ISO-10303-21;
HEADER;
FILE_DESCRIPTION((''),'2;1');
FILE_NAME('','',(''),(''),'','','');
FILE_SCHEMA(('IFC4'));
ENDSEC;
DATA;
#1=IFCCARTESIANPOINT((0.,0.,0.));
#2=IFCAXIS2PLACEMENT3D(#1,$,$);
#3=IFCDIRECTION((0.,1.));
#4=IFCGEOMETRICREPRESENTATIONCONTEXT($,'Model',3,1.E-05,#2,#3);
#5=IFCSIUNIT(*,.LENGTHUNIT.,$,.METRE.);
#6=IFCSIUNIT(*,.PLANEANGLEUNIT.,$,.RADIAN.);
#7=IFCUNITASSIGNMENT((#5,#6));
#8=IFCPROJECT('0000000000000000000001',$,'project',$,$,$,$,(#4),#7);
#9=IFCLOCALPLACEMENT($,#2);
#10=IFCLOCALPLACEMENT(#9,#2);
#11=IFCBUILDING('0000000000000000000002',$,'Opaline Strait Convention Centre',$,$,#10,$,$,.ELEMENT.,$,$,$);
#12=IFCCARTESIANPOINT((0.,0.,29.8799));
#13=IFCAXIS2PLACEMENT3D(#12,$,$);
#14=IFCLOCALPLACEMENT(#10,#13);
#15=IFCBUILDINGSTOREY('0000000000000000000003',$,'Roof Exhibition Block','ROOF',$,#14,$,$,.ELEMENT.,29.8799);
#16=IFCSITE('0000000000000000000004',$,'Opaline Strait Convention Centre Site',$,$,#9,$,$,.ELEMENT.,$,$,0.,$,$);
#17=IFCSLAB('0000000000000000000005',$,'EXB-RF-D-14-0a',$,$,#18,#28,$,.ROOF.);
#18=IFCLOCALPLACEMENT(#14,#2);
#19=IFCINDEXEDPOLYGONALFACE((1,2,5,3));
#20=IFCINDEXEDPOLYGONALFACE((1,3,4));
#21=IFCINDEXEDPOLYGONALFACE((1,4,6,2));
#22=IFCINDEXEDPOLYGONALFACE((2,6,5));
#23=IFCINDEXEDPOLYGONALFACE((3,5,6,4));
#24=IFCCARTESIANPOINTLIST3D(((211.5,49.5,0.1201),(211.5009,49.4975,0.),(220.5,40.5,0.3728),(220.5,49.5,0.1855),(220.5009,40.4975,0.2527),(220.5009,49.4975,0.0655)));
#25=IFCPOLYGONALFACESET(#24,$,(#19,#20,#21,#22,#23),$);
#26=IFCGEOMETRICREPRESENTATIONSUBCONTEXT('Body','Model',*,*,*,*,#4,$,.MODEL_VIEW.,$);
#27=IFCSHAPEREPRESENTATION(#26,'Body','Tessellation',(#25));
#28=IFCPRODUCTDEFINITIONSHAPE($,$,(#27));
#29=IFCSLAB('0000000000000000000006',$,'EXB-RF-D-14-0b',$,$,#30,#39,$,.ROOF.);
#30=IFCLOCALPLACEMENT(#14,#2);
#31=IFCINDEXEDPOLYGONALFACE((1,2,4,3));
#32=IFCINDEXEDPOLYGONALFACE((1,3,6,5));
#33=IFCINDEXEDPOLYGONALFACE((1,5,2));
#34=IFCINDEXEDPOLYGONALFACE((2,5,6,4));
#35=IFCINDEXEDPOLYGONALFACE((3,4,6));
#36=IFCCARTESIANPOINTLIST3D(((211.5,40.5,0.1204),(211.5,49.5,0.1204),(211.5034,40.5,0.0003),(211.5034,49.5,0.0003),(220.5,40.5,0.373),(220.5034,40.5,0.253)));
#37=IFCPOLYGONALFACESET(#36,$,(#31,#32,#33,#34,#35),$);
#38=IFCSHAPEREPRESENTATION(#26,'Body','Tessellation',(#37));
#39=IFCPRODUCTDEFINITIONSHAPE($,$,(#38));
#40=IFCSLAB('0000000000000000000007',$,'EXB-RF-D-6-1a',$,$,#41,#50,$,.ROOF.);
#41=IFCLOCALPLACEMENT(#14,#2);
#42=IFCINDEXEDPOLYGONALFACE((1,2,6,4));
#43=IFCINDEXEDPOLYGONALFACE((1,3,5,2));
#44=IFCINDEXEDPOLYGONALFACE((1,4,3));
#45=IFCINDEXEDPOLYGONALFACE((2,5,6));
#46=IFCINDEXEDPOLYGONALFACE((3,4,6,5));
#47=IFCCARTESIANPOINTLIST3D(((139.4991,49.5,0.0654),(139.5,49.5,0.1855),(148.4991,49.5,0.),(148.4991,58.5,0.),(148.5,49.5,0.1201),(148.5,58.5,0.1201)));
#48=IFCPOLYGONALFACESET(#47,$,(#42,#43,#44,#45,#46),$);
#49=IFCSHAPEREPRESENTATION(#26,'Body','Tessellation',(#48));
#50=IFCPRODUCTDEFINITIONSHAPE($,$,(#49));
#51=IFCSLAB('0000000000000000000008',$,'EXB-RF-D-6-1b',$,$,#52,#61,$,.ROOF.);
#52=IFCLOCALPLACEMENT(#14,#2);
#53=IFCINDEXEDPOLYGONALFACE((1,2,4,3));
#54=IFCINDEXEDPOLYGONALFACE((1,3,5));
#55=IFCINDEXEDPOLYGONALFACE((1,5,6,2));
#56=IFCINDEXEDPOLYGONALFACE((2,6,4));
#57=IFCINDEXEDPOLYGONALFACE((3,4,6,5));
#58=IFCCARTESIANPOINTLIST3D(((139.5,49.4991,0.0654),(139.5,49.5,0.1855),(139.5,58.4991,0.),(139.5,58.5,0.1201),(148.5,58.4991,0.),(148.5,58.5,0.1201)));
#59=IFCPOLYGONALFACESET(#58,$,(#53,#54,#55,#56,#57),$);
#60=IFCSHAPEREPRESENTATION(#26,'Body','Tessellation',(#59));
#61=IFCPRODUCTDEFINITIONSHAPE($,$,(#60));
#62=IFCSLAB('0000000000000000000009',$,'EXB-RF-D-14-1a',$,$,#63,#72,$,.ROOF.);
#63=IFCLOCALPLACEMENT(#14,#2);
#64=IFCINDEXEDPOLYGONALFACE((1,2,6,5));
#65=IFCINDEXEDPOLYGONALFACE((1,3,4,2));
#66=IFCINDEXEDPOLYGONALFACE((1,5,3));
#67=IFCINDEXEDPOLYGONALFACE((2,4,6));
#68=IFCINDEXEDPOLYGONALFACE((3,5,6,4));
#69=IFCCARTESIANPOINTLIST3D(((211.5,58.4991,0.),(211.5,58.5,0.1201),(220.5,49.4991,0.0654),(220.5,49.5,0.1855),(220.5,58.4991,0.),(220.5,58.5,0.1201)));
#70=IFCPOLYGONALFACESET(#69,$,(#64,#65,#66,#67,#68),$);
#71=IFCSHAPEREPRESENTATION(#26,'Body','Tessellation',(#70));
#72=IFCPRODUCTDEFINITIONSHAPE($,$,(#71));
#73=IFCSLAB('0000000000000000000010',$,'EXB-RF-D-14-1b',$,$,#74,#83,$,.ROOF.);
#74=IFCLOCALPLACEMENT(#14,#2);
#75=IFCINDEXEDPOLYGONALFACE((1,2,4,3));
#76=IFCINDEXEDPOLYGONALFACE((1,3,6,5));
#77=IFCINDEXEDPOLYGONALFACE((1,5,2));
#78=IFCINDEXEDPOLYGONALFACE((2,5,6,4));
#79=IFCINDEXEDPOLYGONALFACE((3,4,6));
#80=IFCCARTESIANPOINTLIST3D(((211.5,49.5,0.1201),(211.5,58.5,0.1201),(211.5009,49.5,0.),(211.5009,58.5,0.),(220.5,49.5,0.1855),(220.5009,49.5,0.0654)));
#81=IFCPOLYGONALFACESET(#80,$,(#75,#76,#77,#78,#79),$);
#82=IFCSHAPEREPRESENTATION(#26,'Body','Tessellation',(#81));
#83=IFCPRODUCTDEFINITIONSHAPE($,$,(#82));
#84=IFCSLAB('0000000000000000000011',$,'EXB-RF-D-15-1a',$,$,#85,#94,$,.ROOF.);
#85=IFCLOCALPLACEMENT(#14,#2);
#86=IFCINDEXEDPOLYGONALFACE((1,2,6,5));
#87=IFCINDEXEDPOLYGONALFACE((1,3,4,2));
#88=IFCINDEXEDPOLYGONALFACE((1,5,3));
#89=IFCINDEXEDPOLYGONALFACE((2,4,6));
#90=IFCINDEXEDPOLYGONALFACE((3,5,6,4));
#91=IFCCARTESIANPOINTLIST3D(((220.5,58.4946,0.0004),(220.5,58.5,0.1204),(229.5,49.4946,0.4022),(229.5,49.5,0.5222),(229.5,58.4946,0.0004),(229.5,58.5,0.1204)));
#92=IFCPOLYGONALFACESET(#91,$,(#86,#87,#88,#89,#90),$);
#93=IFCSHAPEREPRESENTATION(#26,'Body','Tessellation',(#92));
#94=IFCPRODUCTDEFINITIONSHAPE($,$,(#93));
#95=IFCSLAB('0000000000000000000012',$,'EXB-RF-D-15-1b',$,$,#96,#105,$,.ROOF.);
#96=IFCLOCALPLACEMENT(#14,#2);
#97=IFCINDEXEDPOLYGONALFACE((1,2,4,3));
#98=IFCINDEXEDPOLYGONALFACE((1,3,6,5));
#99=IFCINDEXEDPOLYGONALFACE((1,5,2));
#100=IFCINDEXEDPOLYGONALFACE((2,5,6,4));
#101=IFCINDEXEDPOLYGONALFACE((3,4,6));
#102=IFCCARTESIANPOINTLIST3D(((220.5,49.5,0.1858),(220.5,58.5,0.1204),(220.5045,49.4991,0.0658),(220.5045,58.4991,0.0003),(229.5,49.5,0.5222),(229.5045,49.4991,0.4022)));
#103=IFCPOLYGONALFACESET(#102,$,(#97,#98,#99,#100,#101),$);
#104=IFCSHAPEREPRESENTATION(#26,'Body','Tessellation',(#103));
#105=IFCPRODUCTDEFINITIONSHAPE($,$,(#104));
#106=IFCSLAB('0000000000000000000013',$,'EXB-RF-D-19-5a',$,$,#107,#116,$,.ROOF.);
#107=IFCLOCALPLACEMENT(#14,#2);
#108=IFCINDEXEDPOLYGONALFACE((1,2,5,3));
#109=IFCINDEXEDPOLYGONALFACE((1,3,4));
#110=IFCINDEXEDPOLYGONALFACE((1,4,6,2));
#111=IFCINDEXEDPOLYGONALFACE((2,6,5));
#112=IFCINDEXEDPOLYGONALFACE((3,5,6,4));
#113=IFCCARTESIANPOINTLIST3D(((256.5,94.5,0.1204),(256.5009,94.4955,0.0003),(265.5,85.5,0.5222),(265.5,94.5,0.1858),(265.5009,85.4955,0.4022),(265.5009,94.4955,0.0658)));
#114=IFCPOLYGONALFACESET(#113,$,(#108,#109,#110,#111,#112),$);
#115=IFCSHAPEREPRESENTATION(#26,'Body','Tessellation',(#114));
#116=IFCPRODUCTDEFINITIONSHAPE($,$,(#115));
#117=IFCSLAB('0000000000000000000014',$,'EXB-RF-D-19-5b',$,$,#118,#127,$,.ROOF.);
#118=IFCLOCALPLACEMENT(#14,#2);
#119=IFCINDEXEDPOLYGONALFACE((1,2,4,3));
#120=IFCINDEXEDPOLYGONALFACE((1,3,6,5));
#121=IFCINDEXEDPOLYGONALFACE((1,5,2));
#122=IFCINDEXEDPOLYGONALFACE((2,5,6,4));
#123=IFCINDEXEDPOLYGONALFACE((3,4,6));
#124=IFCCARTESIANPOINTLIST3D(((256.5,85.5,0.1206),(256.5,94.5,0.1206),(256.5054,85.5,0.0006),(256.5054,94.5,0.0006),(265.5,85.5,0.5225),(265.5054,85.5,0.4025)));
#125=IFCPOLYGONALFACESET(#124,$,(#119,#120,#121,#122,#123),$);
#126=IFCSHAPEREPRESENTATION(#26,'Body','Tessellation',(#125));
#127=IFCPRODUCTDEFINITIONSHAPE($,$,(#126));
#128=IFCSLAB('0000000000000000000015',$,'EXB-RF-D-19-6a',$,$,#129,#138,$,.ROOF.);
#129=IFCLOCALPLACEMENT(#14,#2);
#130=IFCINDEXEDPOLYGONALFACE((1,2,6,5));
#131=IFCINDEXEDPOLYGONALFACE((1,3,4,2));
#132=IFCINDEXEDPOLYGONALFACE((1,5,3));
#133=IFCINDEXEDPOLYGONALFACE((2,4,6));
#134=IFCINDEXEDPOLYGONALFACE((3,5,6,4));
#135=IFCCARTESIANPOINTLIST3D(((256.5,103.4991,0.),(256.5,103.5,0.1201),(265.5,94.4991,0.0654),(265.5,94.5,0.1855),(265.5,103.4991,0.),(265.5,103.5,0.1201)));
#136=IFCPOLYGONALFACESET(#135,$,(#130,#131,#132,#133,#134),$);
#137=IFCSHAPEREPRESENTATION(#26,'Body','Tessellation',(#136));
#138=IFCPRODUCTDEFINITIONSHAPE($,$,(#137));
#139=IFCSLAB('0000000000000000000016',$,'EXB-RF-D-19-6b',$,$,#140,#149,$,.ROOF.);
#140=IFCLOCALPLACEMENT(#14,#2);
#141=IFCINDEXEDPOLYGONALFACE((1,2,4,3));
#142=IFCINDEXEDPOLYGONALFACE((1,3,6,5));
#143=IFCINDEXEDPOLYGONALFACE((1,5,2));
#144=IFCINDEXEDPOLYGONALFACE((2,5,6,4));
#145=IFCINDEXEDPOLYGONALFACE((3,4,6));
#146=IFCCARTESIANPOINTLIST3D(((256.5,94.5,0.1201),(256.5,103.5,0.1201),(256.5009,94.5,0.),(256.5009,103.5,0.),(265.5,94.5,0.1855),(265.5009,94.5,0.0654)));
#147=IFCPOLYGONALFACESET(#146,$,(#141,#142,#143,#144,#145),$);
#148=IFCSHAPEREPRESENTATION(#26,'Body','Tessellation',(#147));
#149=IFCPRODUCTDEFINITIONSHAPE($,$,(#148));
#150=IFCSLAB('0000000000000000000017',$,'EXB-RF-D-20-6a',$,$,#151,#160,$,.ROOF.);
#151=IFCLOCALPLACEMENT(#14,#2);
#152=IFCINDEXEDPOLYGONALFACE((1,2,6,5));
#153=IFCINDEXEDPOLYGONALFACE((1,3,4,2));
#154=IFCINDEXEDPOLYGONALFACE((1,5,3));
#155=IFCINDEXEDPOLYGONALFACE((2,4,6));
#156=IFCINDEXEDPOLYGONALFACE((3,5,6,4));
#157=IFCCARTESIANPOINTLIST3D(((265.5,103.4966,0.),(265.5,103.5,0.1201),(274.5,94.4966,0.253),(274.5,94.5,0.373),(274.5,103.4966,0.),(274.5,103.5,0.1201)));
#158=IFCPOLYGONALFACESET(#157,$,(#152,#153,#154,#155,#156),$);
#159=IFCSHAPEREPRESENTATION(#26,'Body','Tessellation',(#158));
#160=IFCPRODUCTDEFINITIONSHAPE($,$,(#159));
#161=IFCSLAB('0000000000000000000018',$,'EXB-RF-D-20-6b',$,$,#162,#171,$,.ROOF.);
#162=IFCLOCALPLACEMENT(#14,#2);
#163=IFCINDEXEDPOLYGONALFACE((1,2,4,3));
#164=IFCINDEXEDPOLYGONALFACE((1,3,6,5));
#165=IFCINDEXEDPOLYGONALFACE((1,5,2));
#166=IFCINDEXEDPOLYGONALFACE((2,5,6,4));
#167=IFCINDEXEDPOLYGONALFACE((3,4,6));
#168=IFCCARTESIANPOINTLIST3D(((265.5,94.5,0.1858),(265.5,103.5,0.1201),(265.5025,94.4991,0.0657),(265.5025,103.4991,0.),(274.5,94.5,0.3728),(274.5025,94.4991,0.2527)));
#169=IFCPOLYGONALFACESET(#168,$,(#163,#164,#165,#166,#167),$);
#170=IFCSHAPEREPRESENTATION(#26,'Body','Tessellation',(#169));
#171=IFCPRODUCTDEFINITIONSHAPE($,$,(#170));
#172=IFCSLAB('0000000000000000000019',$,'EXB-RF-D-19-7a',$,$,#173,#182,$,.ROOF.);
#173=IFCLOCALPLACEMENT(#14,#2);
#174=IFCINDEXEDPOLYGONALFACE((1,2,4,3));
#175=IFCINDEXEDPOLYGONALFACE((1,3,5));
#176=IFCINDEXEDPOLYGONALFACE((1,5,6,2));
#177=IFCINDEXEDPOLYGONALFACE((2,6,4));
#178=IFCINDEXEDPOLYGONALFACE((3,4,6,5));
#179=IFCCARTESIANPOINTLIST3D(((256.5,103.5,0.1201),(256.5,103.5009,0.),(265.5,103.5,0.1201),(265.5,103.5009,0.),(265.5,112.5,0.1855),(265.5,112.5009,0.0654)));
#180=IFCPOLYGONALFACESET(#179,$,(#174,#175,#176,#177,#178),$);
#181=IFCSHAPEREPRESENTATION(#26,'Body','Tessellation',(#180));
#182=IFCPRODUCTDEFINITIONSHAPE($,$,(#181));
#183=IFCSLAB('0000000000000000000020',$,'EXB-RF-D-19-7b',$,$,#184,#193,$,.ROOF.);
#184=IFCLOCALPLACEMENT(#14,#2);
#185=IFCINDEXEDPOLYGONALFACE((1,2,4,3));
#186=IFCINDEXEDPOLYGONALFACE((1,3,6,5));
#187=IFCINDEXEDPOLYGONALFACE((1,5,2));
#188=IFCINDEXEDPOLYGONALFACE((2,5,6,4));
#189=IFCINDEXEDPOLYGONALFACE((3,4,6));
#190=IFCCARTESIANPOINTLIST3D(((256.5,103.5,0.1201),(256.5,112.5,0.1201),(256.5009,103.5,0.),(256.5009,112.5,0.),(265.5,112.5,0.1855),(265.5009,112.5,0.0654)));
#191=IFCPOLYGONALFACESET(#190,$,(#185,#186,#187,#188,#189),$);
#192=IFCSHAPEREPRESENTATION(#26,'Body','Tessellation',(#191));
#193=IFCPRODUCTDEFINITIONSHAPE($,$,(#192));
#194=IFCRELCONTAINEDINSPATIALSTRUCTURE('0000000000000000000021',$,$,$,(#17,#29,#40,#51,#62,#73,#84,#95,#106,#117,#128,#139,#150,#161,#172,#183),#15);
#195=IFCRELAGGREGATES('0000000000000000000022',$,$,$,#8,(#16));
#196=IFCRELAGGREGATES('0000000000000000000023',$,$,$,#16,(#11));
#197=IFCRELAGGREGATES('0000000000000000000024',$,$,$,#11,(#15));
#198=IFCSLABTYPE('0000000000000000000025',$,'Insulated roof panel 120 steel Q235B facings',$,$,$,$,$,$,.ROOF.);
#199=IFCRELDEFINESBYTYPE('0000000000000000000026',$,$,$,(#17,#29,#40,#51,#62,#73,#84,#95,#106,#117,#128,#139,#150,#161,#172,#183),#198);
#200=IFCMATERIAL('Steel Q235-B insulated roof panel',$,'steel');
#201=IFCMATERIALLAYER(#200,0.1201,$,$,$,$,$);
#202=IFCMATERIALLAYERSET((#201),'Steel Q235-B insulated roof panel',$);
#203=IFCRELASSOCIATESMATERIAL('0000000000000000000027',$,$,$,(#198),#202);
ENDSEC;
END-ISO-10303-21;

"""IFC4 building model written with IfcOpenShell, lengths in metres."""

from ifc_helpers import new_model, si_unit, direction, frame, origin, place, context, subcontext, project, spatial, polyline, outline, extrude, material, layer, layer_set, type_object, element, save


model = new_model("IFC4")

# Units and contexts
model_context = context("Model", 3, precision=1e-05, world=origin(), true_north=direction((0.0, 1.0)))
body_context = subcontext(model_context, "Body", "Model", "MODEL_VIEW")
ifc_project = project(units=[si_unit("LENGTHUNIT", "METRE"), si_unit("PLANEANGLEUNIT", "RADIAN")], contexts=[model_context])

# Site, building, storey
site_placement = place(None, origin())
site = spatial("IfcSite", under=ifc_project, at=site_placement, Name="Opaline Strait Convention Centre Site", CompositionType="ELEMENT", RefElevation=0.0)
building_placement = place(site_placement, origin())
building = spatial("IfcBuilding", under=site, at=building_placement, Name="Opaline Strait Convention Centre", CompositionType="ELEMENT")
storey_placement = place(building_placement, frame((0.0, 0.0, 29.8799)))
storey = spatial("IfcBuildingStorey", under=building, at=storey_placement, Name="Roof Exhibition Block", Description="ROOF", CompositionType="ELEMENT", Elevation=29.8799)

# Slabs
ifc_material = material(Name="Steel Q235-B insulated roof panel", Category="steel")
ifc_layer = layer(ifc_material, 0.1201)
ifc_layer_set = layer_set([ifc_layer], Name="Steel Q235-B insulated roof panel")
slab_type = type_object("IfcSlabType", Name="Insulated roof panel 120 steel Q235B facings", PredefinedType="ROOF", material=ifc_layer_set)
slab_1_placement = place(storey_placement, frame((220.5, 40.5, 0.3728), z_axis=(-0.007268, 0.020801, 0.999757), x_axis=(0.0, 0.999784, -0.020802)))
element("IfcSlab", 1, at=slab_1_placement, inside=storey, type_object=slab_type, Name="EXB-RF-D-14-0a", PredefinedType="ROOF", context=body_context, shape_type="SweptSolid", body=[
    extrude(outline(polyline([(0.0, 0.0), (9.0019, 0.0), (9.0033, 9.0002), (0.0, 0.0)])), origin(), (0.0, 0.0, -1.0), 0.1201),
])
slab_2_placement = place(storey_placement, frame((211.5, 40.5, 0.1204), z_axis=(-0.028065, 0.0, 0.999606), x_axis=(0.999606, 0.0, 0.028065)))
element("IfcSlab", 2, at=slab_2_placement, inside=storey, type_object=slab_type, Name="EXB-RF-D-14-0b", PredefinedType="ROOF", context=body_context, shape_type="SweptSolid", body=[
    extrude(outline(polyline([(0.0, 0.0), (9.0035, 0.0), (0.0, 9.0), (0.0, 0.0)])), origin(), (0.0, 0.0, -1.0), 0.1201),
])
slab_3_placement = place(storey_placement, frame((139.5, 49.5, 0.1855), z_axis=(0.00727, 0.0, 0.999974), x_axis=(0.999974, 0.0, -0.00727)))
element("IfcSlab", 3, at=slab_3_placement, inside=storey, type_object=slab_type, Name="EXB-RF-D-6-1a", PredefinedType="ROOF", context=body_context, shape_type="SweptSolid", body=[
    extrude(outline(polyline([(0.0, 0.0), (9.0002, 0.0), (9.0002, 9.0), (0.0, 0.0)])), origin(), (0.0, 0.0, -1.0), 0.1201),
])
slab_4_placement = place(storey_placement, frame((139.5, 49.5, 0.1855), z_axis=(0.0, 0.00727, 0.999974), x_axis=(0.707097, 0.707097, -0.005141)))
element("IfcSlab", 4, at=slab_4_placement, inside=storey, type_object=slab_type, Name="EXB-RF-D-6-1b", PredefinedType="ROOF", context=body_context, shape_type="SweptSolid", body=[
    extrude(outline(polyline([(0.0, 0.0), (12.7281, 0.0), (6.3642, 6.364), (0.0, 0.0)])), origin(), (0.0, 0.0, -1.0), 0.1201),
])
slab_5_placement = place(storey_placement, frame((220.5, 49.5, 0.1855), z_axis=(0.0, 0.00727, 0.999974), x_axis=(0.0, 0.999974, -0.00727)))
element("IfcSlab", 5, at=slab_5_placement, inside=storey, type_object=slab_type, Name="EXB-RF-D-14-1a", PredefinedType="ROOF", context=body_context, shape_type="SweptSolid", body=[
    extrude(outline(polyline([(0.0, 0.0), (9.0002, 0.0), (9.0002, 9.0), (0.0, 0.0)])), origin(), (0.0, 0.0, -1.0), 0.1201),
])
slab_6_placement = place(storey_placement, frame((211.5, 49.5, 0.1201), z_axis=(-0.00727, 0.0, 0.999974), x_axis=(0.999974, 0.0, 0.00727)))
element("IfcSlab", 6, at=slab_6_placement, inside=storey, type_object=slab_type, Name="EXB-RF-D-14-1b", PredefinedType="ROOF", context=body_context, shape_type="SweptSolid", body=[
    extrude(outline(polyline([(0.0, 0.0), (9.0002, 0.0), (0.0, 9.0), (0.0, 0.0)])), origin(), (0.0, 0.0, -1.0), 0.1201),
])
slab_7_placement = place(storey_placement, frame((229.5, 49.5, 0.5222), z_axis=(0.0, 0.044606, 0.999005), x_axis=(0.0, 0.999005, -0.044606)))
element("IfcSlab", 7, at=slab_7_placement, inside=storey, type_object=slab_type, Name="EXB-RF-D-15-1a", PredefinedType="ROOF", context=body_context, shape_type="SweptSolid", body=[
    extrude(outline(polyline([(0.0, 0.0), (9.009, 0.0), (9.009, 9.0), (0.0, 0.0)])), origin(), (0.0, 0.0, -1.0), 0.1201),
])
slab_8_placement = place(storey_placement, frame((220.5, 49.5, 0.1858), z_axis=(-0.037354, 0.007265, 0.999276), x_axis=(0.999302, 0.0, 0.037355)))
element("IfcSlab", 8, at=slab_8_placement, inside=storey, type_object=slab_type, Name="EXB-RF-D-15-1b", PredefinedType="ROOF", context=body_context, shape_type="SweptSolid", body=[
    extrude(outline(polyline([(0.0, 0.0), (9.0063, 0.0), (-0.0024, 9.0002), (0.0, 0.0)])), origin(), (0.0, 0.0, -1.0), 0.1201),
])
slab_9_placement = place(storey_placement, frame((265.5, 85.5, 0.5222), z_axis=(-0.007265, 0.037354, 0.999276), x_axis=(0.0, 0.999302, -0.037355)))
element("IfcSlab", 9, at=slab_9_placement, inside=storey, type_object=slab_type, Name="EXB-RF-D-19-5a", PredefinedType="ROOF", context=body_context, shape_type="SweptSolid", body=[
    extrude(outline(polyline([(0.0, 0.0), (9.0063, 0.0), (9.0087, 9.0002), (0.0, 0.0)])), origin(), (0.0, 0.0, -1.0), 0.1201),
])
slab_10_placement = place(storey_placement, frame((256.5, 85.5, 0.1206), z_axis=(-0.044606, 0.0, 0.999005), x_axis=(0.999005, 0.0, 0.044606)))
element("IfcSlab", 10, at=slab_10_placement, inside=storey, type_object=slab_type, Name="EXB-RF-D-19-5b", PredefinedType="ROOF", context=body_context, shape_type="SweptSolid", body=[
    extrude(outline(polyline([(0.0, 0.0), (9.009, 0.0), (0.0, 9.0), (0.0, 0.0)])), origin(), (0.0, 0.0, -1.0), 0.1201),
])
slab_11_placement = place(storey_placement, frame((265.5, 94.5, 0.1855), z_axis=(0.0, 0.00727, 0.999974), x_axis=(0.0, 0.999974, -0.00727)))
element("IfcSlab", 11, at=slab_11_placement, inside=storey, type_object=slab_type, Name="EXB-RF-D-19-6a", PredefinedType="ROOF", context=body_context, shape_type="SweptSolid", body=[
    extrude(outline(polyline([(0.0, 0.0), (9.0002, 0.0), (9.0002, 9.0), (0.0, 0.0)])), origin(), (0.0, 0.0, -1.0), 0.1201),
])
slab_12_placement = place(storey_placement, frame((256.5, 94.5, 0.1201), z_axis=(-0.00727, 0.0, 0.999974), x_axis=(0.999974, 0.0, 0.00727)))
element("IfcSlab", 12, at=slab_12_placement, inside=storey, type_object=slab_type, Name="EXB-RF-D-19-6b", PredefinedType="ROOF", context=body_context, shape_type="SweptSolid", body=[
    extrude(outline(polyline([(0.0, 0.0), (9.0002, 0.0), (0.0, 9.0), (0.0, 0.0)])), origin(), (0.0, 0.0, -1.0), 0.1201),
])
slab_13_placement = place(storey_placement, frame((274.5, 94.5, 0.373), z_axis=(0.0, 0.028092, 0.999605), x_axis=(0.0, 0.999605, -0.028092)))
element("IfcSlab", 13, at=slab_13_placement, inside=storey, type_object=slab_type, Name="EXB-RF-D-20-6a", PredefinedType="ROOF", context=body_context, shape_type="SweptSolid", body=[
    extrude(outline(polyline([(0.0, 0.0), (9.0036, 0.0), (9.0036, 9.0), (0.0, 0.0)])), origin(), (0.0, 0.0, -1.0), 0.1201),
])
slab_14_placement = place(storey_placement, frame((265.5, 94.5, 0.1858), z_axis=(-0.020774, 0.007295, 0.999758), x_axis=(0.999784, 0.0, 0.020775)))
element("IfcSlab", 14, at=slab_14_placement, inside=storey, type_object=slab_type, Name="EXB-RF-D-20-6b", PredefinedType="ROOF", context=body_context, shape_type="SweptSolid", body=[
    extrude(outline(polyline([(0.0, 0.0), (9.0019, 0.0), (-0.0014, 9.0002), (0.0, 0.0)])), origin(), (0.0, 0.0, -1.0), 0.1201),
])
slab_15_placement = place(storey_placement, frame((256.5, 103.5, 0.1201), z_axis=(0.0, -0.00727, 0.999974), x_axis=(1.0, 0.0, 0.0)))
element("IfcSlab", 15, at=slab_15_placement, inside=storey, type_object=slab_type, Name="EXB-RF-D-19-7a", PredefinedType="ROOF", context=body_context, shape_type="SweptSolid", body=[
    extrude(outline(polyline([(0.0, 0.0), (9.0, 0.0), (9.0, 9.0002), (0.0, 0.0)])), origin(), (0.0, 0.0, -1.0), 0.1201),
])
slab_16_placement = place(storey_placement, frame((256.5, 103.5, 0.1201), z_axis=(-0.00727, 0.0, 0.999974), x_axis=(0.707097, 0.707097, 0.005141)))
element("IfcSlab", 16, at=slab_16_placement, inside=storey, type_object=slab_type, Name="EXB-RF-D-19-7b", PredefinedType="ROOF", context=body_context, shape_type="SweptSolid", body=[
    extrude(outline(polyline([(0.0, 0.0), (12.7281, 0.0), (6.3639, 6.364), (0.0, 0.0)])), origin(), (0.0, 0.0, -1.0), 0.1201),
])

save(model, "model.ifc")
